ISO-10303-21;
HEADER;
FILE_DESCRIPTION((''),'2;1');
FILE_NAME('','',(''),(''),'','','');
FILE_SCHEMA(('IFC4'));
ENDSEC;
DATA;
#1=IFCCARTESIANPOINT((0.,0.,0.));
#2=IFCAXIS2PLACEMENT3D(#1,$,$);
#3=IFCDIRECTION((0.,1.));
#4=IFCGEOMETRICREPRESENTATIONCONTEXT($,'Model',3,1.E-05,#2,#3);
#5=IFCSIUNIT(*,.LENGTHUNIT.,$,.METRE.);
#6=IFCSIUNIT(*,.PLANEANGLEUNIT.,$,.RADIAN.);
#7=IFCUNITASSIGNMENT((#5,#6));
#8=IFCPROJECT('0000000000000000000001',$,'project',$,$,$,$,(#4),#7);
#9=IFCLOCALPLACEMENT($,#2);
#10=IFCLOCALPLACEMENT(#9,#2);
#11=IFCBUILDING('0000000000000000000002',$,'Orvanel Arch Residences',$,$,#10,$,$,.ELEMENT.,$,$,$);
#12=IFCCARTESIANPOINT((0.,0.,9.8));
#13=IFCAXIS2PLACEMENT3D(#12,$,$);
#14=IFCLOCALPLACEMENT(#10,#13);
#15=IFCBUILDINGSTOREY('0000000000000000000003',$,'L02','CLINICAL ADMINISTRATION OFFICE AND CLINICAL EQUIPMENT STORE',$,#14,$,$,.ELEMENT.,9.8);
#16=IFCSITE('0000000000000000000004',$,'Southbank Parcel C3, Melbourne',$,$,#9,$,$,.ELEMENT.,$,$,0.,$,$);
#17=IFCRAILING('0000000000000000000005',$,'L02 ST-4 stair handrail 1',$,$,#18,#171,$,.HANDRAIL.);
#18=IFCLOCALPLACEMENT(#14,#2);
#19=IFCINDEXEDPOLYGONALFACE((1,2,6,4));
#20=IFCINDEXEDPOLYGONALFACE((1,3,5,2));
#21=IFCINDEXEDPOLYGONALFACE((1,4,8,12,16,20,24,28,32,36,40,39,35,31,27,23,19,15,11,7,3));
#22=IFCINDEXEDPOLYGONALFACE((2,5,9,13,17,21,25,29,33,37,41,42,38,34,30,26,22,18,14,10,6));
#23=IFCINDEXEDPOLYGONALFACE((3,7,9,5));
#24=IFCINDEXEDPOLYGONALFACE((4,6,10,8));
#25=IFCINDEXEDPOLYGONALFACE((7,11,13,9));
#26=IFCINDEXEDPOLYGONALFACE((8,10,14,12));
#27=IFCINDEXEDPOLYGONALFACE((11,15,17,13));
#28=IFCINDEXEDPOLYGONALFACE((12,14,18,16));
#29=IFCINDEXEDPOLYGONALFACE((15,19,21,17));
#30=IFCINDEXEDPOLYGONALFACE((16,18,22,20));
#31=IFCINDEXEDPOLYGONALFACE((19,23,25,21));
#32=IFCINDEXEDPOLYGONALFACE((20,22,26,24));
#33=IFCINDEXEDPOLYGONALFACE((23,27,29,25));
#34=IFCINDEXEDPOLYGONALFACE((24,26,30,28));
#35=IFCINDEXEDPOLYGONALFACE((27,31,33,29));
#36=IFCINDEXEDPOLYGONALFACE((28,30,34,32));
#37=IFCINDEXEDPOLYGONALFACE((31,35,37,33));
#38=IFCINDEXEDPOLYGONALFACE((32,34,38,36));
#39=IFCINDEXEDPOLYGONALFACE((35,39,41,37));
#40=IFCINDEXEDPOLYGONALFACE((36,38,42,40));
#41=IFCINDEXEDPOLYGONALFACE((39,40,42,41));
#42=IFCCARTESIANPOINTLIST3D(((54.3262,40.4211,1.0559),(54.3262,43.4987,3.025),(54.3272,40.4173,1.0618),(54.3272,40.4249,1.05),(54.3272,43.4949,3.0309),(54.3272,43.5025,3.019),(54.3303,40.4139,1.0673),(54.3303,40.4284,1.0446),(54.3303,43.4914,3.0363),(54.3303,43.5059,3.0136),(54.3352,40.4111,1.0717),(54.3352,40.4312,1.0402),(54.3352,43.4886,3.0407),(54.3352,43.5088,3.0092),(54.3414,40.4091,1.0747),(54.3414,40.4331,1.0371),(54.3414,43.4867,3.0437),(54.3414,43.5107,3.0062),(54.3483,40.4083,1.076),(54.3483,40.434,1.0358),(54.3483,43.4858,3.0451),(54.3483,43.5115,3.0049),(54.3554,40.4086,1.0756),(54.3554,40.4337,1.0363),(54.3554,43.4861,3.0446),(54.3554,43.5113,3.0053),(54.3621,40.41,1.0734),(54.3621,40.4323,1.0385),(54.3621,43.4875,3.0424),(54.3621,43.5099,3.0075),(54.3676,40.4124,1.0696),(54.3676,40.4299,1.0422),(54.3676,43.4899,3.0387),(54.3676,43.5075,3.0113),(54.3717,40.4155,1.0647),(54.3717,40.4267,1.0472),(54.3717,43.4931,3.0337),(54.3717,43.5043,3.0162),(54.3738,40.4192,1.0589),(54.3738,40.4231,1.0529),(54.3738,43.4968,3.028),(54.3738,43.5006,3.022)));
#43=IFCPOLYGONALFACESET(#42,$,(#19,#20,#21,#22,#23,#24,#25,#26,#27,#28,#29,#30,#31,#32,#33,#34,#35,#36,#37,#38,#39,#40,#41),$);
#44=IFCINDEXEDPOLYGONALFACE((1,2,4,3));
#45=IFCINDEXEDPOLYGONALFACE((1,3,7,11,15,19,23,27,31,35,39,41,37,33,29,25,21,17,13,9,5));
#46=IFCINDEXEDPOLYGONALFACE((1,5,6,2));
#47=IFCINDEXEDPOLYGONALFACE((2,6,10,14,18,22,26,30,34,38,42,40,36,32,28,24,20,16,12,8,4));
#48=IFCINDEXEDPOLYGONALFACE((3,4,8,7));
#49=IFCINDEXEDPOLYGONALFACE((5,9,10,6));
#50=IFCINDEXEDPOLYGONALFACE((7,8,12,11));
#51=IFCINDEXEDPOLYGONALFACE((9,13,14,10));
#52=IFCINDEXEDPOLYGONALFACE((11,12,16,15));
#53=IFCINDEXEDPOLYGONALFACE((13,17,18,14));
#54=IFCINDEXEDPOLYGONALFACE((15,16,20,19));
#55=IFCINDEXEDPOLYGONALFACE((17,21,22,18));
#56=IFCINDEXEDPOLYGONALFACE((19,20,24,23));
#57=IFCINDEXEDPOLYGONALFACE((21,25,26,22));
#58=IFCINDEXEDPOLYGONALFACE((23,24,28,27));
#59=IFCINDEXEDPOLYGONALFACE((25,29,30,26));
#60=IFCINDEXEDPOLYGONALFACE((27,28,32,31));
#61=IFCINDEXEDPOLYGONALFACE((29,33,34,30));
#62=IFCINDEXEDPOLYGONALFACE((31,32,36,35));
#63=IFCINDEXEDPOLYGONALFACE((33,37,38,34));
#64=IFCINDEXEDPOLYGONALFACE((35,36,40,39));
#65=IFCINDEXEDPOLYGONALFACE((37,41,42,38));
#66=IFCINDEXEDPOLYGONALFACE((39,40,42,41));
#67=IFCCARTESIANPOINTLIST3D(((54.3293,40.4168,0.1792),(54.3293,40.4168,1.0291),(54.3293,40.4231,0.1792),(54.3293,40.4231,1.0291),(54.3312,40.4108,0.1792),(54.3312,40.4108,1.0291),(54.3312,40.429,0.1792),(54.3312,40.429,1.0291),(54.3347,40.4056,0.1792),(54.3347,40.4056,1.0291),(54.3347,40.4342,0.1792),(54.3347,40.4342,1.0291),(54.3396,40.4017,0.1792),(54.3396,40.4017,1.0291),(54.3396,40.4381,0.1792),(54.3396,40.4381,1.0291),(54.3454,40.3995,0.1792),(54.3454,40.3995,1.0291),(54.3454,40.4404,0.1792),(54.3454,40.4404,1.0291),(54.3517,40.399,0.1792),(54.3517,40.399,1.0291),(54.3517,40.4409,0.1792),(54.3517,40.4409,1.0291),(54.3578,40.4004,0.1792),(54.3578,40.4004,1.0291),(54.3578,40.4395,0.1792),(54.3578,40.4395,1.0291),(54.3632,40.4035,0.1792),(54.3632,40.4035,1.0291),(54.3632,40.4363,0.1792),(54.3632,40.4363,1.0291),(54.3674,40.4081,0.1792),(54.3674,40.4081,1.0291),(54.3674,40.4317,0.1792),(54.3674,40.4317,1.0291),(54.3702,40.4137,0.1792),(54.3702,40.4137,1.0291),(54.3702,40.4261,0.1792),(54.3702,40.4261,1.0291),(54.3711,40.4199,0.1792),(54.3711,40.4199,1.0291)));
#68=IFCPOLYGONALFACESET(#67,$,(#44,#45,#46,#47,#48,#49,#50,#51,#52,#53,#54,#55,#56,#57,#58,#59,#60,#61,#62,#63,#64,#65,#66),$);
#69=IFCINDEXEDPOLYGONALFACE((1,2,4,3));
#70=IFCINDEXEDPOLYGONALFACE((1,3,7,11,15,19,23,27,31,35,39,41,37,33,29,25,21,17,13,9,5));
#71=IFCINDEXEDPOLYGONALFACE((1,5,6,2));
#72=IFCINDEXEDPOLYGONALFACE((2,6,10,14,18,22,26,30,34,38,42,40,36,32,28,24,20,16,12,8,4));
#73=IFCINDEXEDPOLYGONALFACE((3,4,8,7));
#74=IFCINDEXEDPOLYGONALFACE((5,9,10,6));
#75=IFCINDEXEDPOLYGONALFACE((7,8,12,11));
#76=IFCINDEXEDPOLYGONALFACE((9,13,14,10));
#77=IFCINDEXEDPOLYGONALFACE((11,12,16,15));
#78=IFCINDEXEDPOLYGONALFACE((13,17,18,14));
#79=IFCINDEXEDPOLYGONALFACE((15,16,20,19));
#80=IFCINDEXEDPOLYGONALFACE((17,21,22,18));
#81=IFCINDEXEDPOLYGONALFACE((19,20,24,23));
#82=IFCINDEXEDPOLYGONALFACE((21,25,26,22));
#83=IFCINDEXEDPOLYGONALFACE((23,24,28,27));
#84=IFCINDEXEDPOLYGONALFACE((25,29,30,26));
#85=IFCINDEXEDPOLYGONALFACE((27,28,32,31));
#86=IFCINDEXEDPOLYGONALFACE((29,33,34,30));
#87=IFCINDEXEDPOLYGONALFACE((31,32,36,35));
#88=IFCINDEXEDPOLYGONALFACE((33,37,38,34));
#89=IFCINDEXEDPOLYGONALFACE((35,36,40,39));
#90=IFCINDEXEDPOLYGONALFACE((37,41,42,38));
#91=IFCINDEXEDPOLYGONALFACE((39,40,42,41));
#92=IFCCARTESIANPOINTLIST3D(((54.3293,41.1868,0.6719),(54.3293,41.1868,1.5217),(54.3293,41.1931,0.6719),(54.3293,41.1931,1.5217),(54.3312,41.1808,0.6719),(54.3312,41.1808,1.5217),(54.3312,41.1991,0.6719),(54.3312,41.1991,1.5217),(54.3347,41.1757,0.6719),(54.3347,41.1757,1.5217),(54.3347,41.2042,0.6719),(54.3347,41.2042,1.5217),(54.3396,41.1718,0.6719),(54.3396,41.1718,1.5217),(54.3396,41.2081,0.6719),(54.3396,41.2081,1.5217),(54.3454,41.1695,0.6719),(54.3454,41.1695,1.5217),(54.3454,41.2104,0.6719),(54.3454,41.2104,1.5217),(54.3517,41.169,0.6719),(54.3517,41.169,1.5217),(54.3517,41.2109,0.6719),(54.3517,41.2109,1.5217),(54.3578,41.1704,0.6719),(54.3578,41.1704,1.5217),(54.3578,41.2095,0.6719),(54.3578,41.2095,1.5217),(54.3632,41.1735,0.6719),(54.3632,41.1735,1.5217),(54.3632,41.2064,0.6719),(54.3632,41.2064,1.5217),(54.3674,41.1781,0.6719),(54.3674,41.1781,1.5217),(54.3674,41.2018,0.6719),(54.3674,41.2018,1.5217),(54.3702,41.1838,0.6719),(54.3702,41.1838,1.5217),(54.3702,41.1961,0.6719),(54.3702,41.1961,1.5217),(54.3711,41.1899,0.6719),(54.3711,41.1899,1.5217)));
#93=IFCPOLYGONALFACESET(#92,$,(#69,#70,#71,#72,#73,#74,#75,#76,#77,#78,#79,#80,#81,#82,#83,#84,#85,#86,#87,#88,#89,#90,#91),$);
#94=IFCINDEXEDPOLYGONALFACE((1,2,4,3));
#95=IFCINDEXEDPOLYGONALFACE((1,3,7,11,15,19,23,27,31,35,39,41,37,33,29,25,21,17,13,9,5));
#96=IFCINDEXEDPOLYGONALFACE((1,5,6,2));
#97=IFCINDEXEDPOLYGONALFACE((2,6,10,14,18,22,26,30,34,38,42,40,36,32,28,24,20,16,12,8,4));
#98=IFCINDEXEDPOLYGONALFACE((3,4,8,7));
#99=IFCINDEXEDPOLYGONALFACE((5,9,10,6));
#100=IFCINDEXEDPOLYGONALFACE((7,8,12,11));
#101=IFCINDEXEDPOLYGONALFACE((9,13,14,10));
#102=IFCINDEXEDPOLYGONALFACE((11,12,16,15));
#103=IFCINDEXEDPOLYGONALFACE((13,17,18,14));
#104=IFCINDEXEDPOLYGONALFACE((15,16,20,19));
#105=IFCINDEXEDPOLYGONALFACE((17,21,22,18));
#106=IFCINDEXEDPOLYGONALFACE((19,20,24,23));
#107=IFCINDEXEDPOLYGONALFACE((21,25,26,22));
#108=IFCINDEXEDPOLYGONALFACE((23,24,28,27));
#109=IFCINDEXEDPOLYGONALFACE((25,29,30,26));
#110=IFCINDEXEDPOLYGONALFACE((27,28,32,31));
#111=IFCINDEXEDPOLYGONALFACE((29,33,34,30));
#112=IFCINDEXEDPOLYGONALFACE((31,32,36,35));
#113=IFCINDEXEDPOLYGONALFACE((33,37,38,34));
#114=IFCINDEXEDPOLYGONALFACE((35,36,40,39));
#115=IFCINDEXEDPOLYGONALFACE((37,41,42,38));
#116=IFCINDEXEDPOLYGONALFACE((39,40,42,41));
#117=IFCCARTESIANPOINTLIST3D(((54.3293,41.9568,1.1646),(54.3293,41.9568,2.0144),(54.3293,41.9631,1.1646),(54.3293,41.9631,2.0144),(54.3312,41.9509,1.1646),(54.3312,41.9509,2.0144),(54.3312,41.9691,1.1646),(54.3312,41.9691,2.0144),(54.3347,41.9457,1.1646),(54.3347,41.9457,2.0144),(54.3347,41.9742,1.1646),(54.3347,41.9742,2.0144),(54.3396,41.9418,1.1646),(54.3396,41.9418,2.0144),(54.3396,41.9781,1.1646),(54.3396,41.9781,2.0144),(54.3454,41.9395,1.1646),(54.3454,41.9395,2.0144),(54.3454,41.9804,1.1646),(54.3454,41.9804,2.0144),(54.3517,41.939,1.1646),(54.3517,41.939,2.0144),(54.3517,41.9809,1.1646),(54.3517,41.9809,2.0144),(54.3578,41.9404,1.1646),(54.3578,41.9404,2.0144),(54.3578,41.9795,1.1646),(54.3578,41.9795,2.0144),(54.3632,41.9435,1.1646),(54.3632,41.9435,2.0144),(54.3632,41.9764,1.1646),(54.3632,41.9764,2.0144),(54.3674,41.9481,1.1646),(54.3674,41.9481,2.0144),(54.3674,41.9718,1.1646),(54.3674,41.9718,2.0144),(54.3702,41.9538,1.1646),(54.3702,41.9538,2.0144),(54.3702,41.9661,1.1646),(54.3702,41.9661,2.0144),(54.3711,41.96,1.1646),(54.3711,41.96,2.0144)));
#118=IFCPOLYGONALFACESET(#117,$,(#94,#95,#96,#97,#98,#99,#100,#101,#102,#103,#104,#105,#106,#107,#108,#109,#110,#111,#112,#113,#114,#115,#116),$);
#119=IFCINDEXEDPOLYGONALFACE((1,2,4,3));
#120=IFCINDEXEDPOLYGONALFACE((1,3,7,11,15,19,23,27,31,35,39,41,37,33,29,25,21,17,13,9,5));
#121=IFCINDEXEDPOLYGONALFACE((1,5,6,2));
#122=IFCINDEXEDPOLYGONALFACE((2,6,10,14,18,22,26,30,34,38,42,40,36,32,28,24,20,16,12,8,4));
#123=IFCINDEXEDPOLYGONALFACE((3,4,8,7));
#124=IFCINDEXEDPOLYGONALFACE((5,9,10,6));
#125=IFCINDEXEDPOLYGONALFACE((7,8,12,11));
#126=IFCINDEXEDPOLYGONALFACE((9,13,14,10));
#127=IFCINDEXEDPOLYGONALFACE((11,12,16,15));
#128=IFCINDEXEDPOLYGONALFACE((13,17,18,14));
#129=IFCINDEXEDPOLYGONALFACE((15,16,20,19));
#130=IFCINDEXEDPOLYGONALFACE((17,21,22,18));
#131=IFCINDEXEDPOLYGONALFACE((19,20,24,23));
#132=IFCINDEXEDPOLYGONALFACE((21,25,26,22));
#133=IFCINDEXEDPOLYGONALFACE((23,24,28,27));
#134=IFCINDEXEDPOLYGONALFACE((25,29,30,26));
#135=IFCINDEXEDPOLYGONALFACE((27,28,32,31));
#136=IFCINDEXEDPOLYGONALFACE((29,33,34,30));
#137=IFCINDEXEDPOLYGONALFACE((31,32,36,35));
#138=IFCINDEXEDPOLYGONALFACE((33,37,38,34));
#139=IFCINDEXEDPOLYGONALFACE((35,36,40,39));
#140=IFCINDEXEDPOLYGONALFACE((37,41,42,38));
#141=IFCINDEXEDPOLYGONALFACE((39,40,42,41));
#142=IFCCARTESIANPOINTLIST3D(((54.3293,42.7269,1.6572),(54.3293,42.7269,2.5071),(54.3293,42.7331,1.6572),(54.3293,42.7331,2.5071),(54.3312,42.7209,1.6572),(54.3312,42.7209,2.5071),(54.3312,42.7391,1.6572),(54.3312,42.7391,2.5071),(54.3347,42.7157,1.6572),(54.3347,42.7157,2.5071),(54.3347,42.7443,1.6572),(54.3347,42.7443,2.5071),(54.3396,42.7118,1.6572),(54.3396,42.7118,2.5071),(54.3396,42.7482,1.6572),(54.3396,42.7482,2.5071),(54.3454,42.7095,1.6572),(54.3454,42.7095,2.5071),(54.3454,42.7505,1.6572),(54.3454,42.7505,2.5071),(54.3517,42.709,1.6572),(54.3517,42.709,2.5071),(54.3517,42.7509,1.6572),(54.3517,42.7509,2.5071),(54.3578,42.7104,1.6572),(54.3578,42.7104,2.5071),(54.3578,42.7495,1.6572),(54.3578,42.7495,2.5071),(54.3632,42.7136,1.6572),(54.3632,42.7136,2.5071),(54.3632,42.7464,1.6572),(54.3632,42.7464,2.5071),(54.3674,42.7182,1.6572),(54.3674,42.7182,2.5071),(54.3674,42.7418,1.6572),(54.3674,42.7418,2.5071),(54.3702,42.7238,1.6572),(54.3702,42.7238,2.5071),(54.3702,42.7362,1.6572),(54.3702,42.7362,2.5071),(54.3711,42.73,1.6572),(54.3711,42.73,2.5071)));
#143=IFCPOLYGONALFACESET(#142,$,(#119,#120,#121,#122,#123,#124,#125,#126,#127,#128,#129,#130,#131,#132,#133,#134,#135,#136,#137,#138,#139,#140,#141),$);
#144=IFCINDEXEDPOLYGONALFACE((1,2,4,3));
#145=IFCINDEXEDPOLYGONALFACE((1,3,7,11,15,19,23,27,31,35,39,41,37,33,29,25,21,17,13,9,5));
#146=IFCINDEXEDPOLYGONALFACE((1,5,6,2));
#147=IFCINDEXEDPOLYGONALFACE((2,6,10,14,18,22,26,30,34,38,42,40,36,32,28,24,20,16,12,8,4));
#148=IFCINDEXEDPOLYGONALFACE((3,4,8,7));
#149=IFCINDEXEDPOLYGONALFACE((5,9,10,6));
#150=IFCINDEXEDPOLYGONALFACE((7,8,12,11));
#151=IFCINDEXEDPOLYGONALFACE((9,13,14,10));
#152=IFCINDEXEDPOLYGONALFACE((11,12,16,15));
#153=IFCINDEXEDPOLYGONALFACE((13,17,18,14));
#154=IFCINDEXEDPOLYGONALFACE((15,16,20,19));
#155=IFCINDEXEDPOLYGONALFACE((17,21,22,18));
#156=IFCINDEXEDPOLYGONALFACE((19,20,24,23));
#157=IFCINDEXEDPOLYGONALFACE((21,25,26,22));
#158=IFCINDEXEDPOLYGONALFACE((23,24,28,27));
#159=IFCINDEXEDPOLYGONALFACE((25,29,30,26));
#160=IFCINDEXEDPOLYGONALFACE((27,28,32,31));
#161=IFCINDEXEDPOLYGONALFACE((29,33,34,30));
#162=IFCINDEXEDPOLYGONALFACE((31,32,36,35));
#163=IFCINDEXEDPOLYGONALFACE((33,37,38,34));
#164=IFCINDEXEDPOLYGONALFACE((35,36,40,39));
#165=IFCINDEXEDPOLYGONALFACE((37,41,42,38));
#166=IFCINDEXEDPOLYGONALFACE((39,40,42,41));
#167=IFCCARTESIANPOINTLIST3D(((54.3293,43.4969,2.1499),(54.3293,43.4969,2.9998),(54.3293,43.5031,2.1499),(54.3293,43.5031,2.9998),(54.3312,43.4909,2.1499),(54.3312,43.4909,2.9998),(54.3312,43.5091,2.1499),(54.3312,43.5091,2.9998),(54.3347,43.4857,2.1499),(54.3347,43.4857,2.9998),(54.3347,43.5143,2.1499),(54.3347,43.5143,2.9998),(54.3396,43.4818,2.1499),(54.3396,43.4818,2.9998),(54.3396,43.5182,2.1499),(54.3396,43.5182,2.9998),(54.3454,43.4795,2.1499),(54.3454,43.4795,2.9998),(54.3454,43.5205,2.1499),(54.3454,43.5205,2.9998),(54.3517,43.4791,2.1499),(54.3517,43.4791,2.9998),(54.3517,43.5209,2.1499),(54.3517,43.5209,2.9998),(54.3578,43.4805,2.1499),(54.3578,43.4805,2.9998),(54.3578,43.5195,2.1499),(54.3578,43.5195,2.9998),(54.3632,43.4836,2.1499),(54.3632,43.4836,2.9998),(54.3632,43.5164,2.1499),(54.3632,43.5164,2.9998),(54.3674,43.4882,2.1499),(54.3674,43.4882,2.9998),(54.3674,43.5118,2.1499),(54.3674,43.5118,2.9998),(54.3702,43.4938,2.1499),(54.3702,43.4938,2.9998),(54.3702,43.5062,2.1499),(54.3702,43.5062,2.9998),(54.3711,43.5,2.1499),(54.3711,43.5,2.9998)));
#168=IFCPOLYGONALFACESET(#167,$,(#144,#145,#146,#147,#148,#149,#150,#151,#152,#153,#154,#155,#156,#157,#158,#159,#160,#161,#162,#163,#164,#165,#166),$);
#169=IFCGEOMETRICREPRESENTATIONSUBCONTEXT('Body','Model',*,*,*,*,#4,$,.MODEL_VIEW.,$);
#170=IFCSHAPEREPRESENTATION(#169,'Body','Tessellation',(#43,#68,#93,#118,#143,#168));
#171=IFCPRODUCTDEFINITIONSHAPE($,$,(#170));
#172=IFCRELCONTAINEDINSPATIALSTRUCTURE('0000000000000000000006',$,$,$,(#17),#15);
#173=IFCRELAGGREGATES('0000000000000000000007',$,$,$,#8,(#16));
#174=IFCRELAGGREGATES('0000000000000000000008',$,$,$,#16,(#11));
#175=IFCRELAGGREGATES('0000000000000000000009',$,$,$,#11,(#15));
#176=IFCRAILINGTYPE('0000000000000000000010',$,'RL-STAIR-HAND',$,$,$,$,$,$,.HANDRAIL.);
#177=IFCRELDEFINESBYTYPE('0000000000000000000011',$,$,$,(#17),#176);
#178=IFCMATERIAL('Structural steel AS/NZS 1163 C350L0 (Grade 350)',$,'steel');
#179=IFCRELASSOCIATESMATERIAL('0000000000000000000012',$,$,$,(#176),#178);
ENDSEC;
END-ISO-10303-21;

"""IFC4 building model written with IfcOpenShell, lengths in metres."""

from ifc_helpers import new_model, si_unit, direction, frame, origin, origin_2d, place, context, subcontext, project, spatial, circle, extrude, material, type_object, element, save


model = new_model("IFC4")

# Units and contexts
model_context = context("Model", 3, precision=1e-05, world=origin(), true_north=direction((0.0, 1.0)))
body_context = subcontext(model_context, "Body", "Model", "MODEL_VIEW")
ifc_project = project(units=[si_unit("LENGTHUNIT", "METRE"), si_unit("PLANEANGLEUNIT", "RADIAN")], contexts=[model_context])

# Site, building, storey
site_placement = place(None, origin())
site = spatial("IfcSite", under=ifc_project, at=site_placement, Name="Southbank Parcel C3, Melbourne", CompositionType="ELEMENT", RefElevation=0.0)
building_placement = place(site_placement, origin())
building = spatial("IfcBuilding", under=site, at=building_placement, Name="Orvanel Arch Residences", CompositionType="ELEMENT")
storey_placement = place(building_placement, frame((0.0, 0.0, 9.8)))
storey = spatial("IfcBuildingStorey", under=building, at=storey_placement, Name="L02", Description="CLINICAL ADMINISTRATION OFFICE AND CLINICAL EQUIPMENT STORE", CompositionType="ELEMENT", Elevation=9.8)

# Railing
ifc_material_1 = material(Name="Structural steel AS/NZS 1163 C350L0 (Grade 350)", Category="steel")
railing_type_1 = type_object("IfcRailingType", Name="RL-STAIR-HAND", PredefinedType="HANDRAIL", material=ifc_material_1)
railing_1_placement = place(storey_placement, frame((54.3501, 40.4199, 0.1792)))
element("IfcRailing", 1, at=railing_1_placement, inside=storey, type_object=railing_type_1, Name="L02 ST-4 stair handrail 1", PredefinedType="HANDRAIL", context=body_context, shape_type="SweptSolid", body=[
    extrude(circle(Radius=0.0239, at=origin_2d()), frame((0.0, 0.0012, 0.8767), z_axis=(0.0, 0.842339, 0.538948), x_axis=(-1.0, 0.0, 0.0)), (0.0, 0.0, 1.0), 3.6536),
    extrude(circle(Radius=0.021, at=origin_2d()), origin(), (0.0, 0.0, 1.0), 0.8499),
    extrude(circle(Radius=0.021, at=origin_2d()), frame((0.0, 0.77, 0.4927)), (0.0, 0.0, 1.0), 0.8499),
    extrude(circle(Radius=0.021, at=origin_2d()), frame((0.0, 1.54, 0.9854)), (0.0, 0.0, 1.0), 0.8499),
    extrude(circle(Radius=0.021, at=origin_2d()), frame((0.0, 2.3101, 1.478)), (0.0, 0.0, 1.0), 0.8499),
    extrude(circle(Radius=0.021, at=origin_2d()), frame((0.0, 3.0801, 1.9707)), (0.0, 0.0, 1.0), 0.8499),
])

save(model, "model.ifc")
